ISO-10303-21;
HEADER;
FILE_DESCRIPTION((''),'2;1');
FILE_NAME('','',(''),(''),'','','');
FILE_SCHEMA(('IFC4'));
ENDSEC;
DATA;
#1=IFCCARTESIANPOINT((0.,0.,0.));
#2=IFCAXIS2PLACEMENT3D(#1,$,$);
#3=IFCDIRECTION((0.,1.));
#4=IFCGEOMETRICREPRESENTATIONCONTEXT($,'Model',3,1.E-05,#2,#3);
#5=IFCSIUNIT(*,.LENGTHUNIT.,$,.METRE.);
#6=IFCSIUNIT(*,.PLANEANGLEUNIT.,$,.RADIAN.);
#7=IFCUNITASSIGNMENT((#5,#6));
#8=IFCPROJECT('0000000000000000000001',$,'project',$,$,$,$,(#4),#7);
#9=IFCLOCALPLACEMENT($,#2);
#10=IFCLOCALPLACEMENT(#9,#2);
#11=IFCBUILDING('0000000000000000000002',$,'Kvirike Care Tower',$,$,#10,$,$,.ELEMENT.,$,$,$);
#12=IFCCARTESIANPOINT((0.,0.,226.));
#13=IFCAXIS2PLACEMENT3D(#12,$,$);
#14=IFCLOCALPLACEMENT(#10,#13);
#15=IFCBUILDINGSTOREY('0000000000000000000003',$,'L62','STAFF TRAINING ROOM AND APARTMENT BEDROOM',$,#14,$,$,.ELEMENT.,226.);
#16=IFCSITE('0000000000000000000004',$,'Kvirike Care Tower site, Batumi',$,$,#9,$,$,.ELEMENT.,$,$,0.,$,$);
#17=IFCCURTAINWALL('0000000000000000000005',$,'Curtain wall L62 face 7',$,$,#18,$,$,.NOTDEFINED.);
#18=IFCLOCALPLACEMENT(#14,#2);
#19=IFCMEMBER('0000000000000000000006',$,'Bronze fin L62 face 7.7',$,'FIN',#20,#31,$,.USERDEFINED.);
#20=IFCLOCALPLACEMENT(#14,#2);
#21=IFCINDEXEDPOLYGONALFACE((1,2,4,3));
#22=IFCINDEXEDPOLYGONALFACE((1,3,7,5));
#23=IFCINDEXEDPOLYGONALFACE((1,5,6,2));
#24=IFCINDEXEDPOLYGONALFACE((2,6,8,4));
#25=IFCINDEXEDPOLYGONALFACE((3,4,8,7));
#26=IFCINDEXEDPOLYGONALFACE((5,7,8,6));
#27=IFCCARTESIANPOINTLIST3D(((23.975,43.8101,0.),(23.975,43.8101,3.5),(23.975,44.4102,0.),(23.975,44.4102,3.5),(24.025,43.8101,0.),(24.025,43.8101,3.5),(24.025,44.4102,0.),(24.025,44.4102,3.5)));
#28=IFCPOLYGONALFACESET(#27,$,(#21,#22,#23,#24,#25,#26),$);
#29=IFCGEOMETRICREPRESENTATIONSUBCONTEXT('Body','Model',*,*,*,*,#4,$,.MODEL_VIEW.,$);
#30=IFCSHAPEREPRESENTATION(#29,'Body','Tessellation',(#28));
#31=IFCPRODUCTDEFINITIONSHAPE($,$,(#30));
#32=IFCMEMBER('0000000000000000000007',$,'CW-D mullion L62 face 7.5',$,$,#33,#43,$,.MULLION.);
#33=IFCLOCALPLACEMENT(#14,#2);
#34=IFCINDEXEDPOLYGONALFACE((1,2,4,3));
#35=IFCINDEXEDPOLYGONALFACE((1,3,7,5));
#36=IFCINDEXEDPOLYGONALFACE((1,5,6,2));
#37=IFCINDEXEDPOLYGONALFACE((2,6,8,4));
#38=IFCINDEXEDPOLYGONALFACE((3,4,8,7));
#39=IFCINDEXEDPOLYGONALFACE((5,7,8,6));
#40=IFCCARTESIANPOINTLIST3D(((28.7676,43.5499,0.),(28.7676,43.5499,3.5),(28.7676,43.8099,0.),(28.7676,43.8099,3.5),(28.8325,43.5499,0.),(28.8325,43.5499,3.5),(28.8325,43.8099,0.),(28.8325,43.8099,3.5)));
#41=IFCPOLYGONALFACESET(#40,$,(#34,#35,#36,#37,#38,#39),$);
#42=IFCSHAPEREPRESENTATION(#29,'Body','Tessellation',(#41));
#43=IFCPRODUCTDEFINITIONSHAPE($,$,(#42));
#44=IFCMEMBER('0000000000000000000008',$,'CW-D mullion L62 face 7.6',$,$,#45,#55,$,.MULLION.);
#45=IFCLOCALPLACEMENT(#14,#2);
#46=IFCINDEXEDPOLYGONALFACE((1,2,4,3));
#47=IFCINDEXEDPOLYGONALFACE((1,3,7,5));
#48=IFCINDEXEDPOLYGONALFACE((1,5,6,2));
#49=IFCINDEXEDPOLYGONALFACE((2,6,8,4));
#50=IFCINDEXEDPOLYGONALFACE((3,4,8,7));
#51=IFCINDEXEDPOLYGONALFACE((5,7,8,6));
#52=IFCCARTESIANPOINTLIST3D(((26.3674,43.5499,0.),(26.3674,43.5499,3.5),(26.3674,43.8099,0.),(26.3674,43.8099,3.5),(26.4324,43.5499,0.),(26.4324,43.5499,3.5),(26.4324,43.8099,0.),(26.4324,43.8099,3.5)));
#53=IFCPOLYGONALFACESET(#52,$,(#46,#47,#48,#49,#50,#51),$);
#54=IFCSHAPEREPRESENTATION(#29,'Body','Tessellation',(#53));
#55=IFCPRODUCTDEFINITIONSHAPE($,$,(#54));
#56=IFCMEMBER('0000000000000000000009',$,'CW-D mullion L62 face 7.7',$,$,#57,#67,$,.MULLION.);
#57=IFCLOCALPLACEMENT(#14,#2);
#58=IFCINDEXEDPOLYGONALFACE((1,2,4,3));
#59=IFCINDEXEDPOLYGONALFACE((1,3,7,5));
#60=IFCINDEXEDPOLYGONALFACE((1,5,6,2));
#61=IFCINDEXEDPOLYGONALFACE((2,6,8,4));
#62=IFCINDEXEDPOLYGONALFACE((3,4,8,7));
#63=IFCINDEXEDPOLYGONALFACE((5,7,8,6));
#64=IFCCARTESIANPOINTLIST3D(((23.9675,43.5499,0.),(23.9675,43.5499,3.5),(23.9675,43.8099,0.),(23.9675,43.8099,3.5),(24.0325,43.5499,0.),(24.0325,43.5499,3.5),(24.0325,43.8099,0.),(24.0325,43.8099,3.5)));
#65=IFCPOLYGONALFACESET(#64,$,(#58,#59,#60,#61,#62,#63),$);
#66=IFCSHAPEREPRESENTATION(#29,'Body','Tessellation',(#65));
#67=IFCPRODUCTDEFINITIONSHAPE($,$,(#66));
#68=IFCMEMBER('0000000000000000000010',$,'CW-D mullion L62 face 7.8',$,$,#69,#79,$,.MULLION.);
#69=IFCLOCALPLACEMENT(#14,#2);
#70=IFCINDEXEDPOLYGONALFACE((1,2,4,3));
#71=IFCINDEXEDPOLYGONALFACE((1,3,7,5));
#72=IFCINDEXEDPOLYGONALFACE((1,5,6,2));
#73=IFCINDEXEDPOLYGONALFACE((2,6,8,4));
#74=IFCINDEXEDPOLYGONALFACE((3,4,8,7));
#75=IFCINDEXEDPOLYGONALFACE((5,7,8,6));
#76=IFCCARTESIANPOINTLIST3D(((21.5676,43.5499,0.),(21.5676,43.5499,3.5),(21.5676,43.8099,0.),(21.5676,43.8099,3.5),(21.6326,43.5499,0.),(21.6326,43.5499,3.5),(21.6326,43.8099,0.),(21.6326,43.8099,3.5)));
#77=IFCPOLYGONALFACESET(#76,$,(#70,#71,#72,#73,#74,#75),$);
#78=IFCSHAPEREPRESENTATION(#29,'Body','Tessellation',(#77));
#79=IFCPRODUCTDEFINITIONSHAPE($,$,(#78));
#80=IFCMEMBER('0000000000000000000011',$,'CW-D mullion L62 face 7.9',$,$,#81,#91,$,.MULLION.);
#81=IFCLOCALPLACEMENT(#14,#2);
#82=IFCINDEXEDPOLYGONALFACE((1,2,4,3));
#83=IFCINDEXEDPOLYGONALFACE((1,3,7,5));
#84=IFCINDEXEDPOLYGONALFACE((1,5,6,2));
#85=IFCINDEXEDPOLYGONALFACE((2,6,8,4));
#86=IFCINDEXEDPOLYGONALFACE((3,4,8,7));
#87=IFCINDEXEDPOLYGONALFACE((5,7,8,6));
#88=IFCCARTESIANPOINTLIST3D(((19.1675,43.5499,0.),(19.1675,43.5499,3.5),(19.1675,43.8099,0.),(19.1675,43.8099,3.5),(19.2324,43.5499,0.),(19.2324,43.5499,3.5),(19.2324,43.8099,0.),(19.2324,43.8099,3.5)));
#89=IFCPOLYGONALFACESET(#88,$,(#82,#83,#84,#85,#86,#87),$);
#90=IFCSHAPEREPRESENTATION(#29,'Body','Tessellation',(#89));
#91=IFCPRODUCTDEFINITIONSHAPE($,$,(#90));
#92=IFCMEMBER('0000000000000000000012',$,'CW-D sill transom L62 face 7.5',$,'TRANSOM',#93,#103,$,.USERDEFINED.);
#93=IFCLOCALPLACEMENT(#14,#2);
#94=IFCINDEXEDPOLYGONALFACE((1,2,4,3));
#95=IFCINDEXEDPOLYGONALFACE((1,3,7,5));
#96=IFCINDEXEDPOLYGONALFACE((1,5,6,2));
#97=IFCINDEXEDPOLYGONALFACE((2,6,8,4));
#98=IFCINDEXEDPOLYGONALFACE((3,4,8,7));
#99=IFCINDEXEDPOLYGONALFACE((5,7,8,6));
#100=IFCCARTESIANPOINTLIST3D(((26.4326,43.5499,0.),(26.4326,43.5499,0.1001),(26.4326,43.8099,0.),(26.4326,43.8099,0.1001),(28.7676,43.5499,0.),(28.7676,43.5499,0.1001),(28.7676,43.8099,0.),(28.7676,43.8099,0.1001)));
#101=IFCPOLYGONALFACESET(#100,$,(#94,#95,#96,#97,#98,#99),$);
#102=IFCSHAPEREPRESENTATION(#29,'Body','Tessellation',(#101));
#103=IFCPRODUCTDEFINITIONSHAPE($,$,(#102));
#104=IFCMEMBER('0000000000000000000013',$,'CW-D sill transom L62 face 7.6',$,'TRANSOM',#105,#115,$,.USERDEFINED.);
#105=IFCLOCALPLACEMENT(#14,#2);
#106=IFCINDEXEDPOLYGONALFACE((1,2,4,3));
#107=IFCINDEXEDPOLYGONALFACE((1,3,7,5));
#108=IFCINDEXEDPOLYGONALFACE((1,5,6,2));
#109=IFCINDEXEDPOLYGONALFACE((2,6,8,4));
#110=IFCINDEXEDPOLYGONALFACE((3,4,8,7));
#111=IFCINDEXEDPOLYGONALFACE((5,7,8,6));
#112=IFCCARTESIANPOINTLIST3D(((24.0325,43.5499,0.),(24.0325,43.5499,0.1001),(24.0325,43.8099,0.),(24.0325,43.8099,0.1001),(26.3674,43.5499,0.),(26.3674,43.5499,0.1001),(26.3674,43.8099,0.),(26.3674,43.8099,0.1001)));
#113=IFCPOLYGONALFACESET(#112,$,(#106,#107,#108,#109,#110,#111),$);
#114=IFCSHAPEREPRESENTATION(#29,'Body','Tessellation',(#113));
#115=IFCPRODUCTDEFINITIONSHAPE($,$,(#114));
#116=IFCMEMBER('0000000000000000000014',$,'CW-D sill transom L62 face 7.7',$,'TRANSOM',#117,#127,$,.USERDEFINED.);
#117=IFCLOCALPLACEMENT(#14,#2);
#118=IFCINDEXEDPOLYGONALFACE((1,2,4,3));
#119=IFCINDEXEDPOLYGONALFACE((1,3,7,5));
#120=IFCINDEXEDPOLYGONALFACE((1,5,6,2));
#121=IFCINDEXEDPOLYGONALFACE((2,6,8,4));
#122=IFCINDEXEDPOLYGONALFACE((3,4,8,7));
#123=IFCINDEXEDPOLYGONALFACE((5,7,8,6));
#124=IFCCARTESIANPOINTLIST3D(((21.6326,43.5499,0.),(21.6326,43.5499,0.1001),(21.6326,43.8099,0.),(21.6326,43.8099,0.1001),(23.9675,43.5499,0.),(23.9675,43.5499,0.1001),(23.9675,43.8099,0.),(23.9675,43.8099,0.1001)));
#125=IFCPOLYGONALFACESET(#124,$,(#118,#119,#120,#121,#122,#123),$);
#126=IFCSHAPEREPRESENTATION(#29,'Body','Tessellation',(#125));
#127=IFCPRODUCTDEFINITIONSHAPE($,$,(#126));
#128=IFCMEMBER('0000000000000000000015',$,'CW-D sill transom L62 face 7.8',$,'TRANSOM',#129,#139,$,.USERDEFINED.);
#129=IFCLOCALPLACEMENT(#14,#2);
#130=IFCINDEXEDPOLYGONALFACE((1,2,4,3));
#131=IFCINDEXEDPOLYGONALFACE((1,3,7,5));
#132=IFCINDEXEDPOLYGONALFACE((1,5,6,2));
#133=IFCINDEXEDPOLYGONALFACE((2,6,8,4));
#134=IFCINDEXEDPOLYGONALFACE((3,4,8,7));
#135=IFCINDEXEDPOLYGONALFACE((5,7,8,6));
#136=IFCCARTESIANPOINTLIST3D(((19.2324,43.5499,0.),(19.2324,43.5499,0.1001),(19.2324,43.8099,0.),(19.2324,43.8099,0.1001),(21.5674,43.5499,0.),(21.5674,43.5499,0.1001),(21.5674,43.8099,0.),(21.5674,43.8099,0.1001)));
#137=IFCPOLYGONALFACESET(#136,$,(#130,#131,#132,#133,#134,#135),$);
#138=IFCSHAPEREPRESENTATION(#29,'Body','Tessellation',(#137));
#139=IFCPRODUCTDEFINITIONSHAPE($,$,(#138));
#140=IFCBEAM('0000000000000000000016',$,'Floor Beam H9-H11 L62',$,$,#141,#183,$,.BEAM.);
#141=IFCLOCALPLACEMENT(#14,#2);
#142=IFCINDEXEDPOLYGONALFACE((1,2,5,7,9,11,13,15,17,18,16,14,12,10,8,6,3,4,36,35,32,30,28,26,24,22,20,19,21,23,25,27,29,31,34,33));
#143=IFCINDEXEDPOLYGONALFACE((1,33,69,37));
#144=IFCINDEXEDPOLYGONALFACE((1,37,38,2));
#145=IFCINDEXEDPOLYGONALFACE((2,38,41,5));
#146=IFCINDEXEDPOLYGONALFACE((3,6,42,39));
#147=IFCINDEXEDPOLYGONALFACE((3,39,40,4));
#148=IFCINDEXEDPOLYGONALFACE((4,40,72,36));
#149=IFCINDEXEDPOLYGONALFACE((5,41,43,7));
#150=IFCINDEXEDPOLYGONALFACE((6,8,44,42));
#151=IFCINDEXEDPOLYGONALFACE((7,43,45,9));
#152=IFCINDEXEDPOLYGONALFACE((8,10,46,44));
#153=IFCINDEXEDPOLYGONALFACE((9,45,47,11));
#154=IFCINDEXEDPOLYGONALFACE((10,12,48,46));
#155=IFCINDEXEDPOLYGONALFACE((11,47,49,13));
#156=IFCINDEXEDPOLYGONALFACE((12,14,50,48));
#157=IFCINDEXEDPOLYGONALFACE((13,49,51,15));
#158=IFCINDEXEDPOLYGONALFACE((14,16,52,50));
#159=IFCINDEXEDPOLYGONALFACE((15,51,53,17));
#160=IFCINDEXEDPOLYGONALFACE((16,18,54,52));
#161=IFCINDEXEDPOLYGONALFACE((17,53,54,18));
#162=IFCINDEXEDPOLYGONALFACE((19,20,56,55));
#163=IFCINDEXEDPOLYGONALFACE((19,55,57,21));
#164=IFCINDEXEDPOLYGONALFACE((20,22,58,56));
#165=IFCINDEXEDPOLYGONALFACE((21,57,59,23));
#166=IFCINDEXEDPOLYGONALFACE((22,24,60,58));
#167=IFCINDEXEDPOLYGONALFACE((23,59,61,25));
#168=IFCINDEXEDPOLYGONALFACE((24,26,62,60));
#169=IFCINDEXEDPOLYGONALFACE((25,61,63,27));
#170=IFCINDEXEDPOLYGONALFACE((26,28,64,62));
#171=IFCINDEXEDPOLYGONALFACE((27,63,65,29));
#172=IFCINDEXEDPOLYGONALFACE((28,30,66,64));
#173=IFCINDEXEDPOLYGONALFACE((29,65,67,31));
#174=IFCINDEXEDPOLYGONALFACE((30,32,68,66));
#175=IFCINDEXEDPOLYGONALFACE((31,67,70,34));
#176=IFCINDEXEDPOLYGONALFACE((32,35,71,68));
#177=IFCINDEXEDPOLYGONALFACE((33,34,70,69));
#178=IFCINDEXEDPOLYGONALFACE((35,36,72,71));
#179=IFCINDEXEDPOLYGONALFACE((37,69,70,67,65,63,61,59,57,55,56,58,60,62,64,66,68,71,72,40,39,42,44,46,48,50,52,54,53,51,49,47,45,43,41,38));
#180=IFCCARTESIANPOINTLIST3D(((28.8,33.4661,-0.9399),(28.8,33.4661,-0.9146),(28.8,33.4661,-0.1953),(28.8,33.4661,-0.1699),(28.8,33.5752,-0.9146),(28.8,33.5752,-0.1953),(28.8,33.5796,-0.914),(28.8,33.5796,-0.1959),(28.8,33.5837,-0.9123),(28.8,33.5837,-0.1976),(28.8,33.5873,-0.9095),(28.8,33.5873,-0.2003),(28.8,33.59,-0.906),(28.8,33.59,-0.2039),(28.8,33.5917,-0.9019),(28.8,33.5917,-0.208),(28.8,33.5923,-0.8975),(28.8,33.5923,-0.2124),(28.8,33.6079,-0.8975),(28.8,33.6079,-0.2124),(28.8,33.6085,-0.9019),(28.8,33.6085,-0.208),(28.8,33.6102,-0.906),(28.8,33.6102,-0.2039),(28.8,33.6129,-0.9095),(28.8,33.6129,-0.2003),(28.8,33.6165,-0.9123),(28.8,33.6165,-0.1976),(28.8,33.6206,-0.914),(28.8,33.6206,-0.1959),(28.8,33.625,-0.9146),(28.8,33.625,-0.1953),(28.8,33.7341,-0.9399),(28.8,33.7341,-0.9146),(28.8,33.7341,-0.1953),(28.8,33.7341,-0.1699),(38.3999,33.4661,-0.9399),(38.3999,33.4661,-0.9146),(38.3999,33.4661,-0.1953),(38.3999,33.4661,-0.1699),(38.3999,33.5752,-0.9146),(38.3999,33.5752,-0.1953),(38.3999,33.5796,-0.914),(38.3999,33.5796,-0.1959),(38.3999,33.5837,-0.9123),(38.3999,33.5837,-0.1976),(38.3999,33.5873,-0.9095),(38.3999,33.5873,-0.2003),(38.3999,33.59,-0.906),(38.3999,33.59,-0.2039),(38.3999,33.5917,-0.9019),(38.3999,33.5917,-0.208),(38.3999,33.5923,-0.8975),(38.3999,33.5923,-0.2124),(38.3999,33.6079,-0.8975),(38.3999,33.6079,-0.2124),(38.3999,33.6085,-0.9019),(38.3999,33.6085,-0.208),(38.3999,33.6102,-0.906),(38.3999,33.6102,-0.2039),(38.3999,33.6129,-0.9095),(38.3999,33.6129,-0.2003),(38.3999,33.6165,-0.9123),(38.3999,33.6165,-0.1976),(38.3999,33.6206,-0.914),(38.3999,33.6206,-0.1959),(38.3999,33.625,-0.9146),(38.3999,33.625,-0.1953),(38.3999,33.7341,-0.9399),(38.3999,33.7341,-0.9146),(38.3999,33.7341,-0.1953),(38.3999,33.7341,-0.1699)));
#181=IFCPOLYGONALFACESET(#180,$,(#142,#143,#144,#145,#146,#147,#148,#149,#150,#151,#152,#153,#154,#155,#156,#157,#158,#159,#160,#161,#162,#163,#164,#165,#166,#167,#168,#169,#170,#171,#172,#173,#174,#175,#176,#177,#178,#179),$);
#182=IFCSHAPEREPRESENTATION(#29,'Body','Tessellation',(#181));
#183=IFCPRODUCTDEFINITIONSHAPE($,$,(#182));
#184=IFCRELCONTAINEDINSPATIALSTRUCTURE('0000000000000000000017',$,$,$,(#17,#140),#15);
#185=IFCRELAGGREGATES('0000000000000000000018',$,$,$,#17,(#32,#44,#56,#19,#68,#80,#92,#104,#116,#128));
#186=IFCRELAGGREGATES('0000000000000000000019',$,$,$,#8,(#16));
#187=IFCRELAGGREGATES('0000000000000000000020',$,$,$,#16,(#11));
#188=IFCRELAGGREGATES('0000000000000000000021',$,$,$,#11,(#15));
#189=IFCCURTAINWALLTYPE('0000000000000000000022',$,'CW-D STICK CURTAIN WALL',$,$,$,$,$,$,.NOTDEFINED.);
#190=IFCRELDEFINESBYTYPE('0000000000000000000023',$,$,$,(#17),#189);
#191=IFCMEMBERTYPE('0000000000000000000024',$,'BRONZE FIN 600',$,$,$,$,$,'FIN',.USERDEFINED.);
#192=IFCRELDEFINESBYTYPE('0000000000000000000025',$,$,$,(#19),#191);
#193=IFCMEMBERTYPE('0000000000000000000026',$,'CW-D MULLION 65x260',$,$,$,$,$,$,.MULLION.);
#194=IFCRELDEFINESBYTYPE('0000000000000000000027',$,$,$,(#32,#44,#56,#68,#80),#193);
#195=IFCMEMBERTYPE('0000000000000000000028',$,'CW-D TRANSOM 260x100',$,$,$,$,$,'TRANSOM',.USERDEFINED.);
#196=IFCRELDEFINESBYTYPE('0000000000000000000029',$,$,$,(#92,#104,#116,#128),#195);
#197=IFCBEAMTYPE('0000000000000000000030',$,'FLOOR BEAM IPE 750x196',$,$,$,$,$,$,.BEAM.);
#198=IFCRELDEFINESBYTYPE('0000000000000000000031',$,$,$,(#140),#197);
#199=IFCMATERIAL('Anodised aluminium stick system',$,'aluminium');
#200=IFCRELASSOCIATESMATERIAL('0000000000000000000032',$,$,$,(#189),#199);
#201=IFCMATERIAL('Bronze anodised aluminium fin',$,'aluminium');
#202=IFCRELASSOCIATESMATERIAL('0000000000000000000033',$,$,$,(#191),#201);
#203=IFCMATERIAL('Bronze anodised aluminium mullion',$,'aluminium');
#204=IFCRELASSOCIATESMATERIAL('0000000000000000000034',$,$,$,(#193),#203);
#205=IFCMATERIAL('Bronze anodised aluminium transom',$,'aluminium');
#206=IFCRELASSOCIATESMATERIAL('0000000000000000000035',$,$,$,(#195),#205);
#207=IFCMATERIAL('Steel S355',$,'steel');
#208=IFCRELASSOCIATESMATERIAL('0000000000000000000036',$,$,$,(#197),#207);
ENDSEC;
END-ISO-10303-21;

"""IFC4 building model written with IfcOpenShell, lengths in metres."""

from ifc_helpers import new_model, si_unit, direction, frame, origin, origin_2d, place, context, subcontext, project, spatial, rectangle, i_section, extrude, material, material_profile, profile_set, type_object, element, aggregate, save


model = new_model("IFC4")

# Units and contexts
model_context = context("Model", 3, precision=1e-05, world=origin(), true_north=direction((0.0, 1.0)))
body_context = subcontext(model_context, "Body", "Model", "MODEL_VIEW")
ifc_project = project(units=[si_unit("LENGTHUNIT", "METRE"), si_unit("PLANEANGLEUNIT", "RADIAN")], contexts=[model_context])

# Site, building, storey
site_placement = place(None, origin())
site = spatial("IfcSite", under=ifc_project, at=site_placement, Name="Kvirike Care Tower site, Batumi", CompositionType="ELEMENT", RefElevation=0.0)
building_placement = place(site_placement, origin())
building = spatial("IfcBuilding", under=site, at=building_placement, Name="Kvirike Care Tower", CompositionType="ELEMENT")
storey_placement = place(building_placement, frame((0.0, 0.0, 226.0)))
storey = spatial("IfcBuildingStorey", under=building, at=storey_placement, Name="L62", Description="STAFF TRAINING ROOM AND APARTMENT BEDROOM", CompositionType="ELEMENT", Elevation=226.0)

# Curtain wall, members
ifc_material_1 = material(Name="Anodised aluminium stick system", Category="aluminium")
curtain_wall_type = type_object("IfcCurtainWallType", Name="CW-D STICK CURTAIN WALL", PredefinedType="NOTDEFINED", material=ifc_material_1)
curtain_wall_placement = place(storey_placement, origin())
curtain_wall = element("IfcCurtainWall", 1, at=curtain_wall_placement, inside=storey, type_object=curtain_wall_type, Name="Curtain wall L62 face 7", PredefinedType="NOTDEFINED")
ifc_material_2 = material(Name="Bronze anodised aluminium fin", Category="aluminium")
ifc_material_profile_1 = material_profile(ifc_material_2, rectangle(XDim=0.05, YDim=0.6001, at=origin_2d()), Name="BRONZE FIN 600")
ifc_profile_set_1 = profile_set([ifc_material_profile_1], Name="Bronze anodised aluminium fin")
member_type_1 = type_object("IfcMemberType", Name="BRONZE FIN 600", ElementType="FIN", PredefinedType="USERDEFINED", material=ifc_profile_set_1)
member_1_placement = place(storey_placement, frame((24.0, 44.1101, 0.0), z_axis=(0.0, 0.0, 1.0), x_axis=(-1.0, 0.0, 0.0)))
member_1 = element("IfcMember", 2, at=member_1_placement, type_object=member_type_1, Name="Bronze fin L62 face 7.7", ObjectType="FIN", PredefinedType="USERDEFINED", context=body_context, shape_type="SweptSolid", body=[
    extrude(rectangle(XDim=0.05, YDim=0.6001, at=origin_2d()), origin(), (0.0, 0.0, 1.0), 3.5),
])
ifc_material_3 = material(Name="Bronze anodised aluminium mullion", Category="aluminium")
ifc_material_profile_2 = material_profile(ifc_material_3, rectangle(XDim=0.0649, YDim=0.26, at=origin_2d()), Name="CW-D MULLION 65x260")
ifc_profile_set_2 = profile_set([ifc_material_profile_2], Name="Bronze anodised aluminium mullion")
member_type_2 = type_object("IfcMemberType", Name="CW-D MULLION 65x260", PredefinedType="MULLION", material=ifc_profile_set_2)
member_2_placement = place(storey_placement, frame((28.8, 43.6799, 0.0), z_axis=(0.0, 0.0, 1.0), x_axis=(-1.0, 0.0, 0.0)))
member_2 = element("IfcMember", 3, at=member_2_placement, type_object=member_type_2, Name="CW-D mullion L62 face 7.5", PredefinedType="MULLION", context=body_context, shape_type="SweptSolid", body=[
    extrude(rectangle(XDim=0.0649, YDim=0.26, at=origin_2d()), origin(), (0.0, 0.0, 1.0), 3.5),
])
member_3_placement = place(storey_placement, frame((26.3999, 43.6799, 0.0), z_axis=(0.0, 0.0, 1.0), x_axis=(-1.0, 0.0, 0.0)))
member_3 = element("IfcMember", 4, at=member_3_placement, type_object=member_type_2, Name="CW-D mullion L62 face 7.6", PredefinedType="MULLION", context=body_context, shape_type="SweptSolid", body=[
    extrude(rectangle(XDim=0.0649, YDim=0.26, at=origin_2d()), origin(), (0.0, 0.0, 1.0), 3.5),
])
member_4_placement = place(storey_placement, frame((24.0, 43.6799, 0.0), z_axis=(0.0, 0.0, 1.0), x_axis=(-1.0, 0.0, 0.0)))
member_4 = element("IfcMember", 5, at=member_4_placement, type_object=member_type_2, Name="CW-D mullion L62 face 7.7", PredefinedType="MULLION", context=body_context, shape_type="SweptSolid", body=[
    extrude(rectangle(XDim=0.0649, YDim=0.26, at=origin_2d()), origin(), (0.0, 0.0, 1.0), 3.5),
])
member_5_placement = place(storey_placement, frame((21.6001, 43.6799, 0.0), z_axis=(0.0, 0.0, 1.0), x_axis=(-1.0, 0.0, 0.0)))
member_5 = element("IfcMember", 6, at=member_5_placement, type_object=member_type_2, Name="CW-D mullion L62 face 7.8", PredefinedType="MULLION", context=body_context, shape_type="SweptSolid", body=[
    extrude(rectangle(XDim=0.0649, YDim=0.26, at=origin_2d()), origin(), (0.0, 0.0, 1.0), 3.5),
])
member_6_placement = place(storey_placement, frame((19.2, 43.6799, 0.0), z_axis=(0.0, 0.0, 1.0), x_axis=(-1.0, 0.0, 0.0)))
member_6 = element("IfcMember", 7, at=member_6_placement, type_object=member_type_2, Name="CW-D mullion L62 face 7.9", PredefinedType="MULLION", context=body_context, shape_type="SweptSolid", body=[
    extrude(rectangle(XDim=0.0649, YDim=0.26, at=origin_2d()), origin(), (0.0, 0.0, 1.0), 3.5),
])
ifc_material_4 = material(Name="Bronze anodised aluminium transom", Category="aluminium")
ifc_material_profile_3 = material_profile(ifc_material_4, rectangle(XDim=0.26, YDim=0.1001, at=origin_2d()), Name="CW-D TRANSOM 260x100")
ifc_profile_set_3 = profile_set([ifc_material_profile_3], Name="Bronze anodised aluminium transom")
member_type_3 = type_object("IfcMemberType", Name="CW-D TRANSOM 260x100", ElementType="TRANSOM", PredefinedType="USERDEFINED", material=ifc_profile_set_3)
member_7_placement = place(storey_placement, frame((28.7676, 43.6799, 0.05), z_axis=(-1.0, 0.0, 0.0), x_axis=(0.0, -1.0, 0.0)))
member_7 = element("IfcMember", 8, at=member_7_placement, type_object=member_type_3, Name="CW-D sill transom L62 face 7.5", ObjectType="TRANSOM", PredefinedType="USERDEFINED", context=body_context, shape_type="SweptSolid", body=[
    extrude(rectangle(XDim=0.26, YDim=0.1001, at=origin_2d()), origin(), (0.0, 0.0, 1.0), 2.335),
])
member_8_placement = place(storey_placement, frame((26.3674, 43.6799, 0.05), z_axis=(-1.0, 0.0, 0.0), x_axis=(0.0, -1.0, 0.0)))
member_8 = element("IfcMember", 9, at=member_8_placement, type_object=member_type_3, Name="CW-D sill transom L62 face 7.6", ObjectType="TRANSOM", PredefinedType="USERDEFINED", context=body_context, shape_type="SweptSolid", body=[
    extrude(rectangle(XDim=0.26, YDim=0.1001, at=origin_2d()), origin(), (0.0, 0.0, 1.0), 2.335),
])
member_9_placement = place(storey_placement, frame((23.9675, 43.6799, 0.05), z_axis=(-1.0, 0.0, 0.0), x_axis=(0.0, -1.0, 0.0)))
member_9 = element("IfcMember", 10, at=member_9_placement, type_object=member_type_3, Name="CW-D sill transom L62 face 7.7", ObjectType="TRANSOM", PredefinedType="USERDEFINED", context=body_context, shape_type="SweptSolid", body=[
    extrude(rectangle(XDim=0.26, YDim=0.1001, at=origin_2d()), origin(), (0.0, 0.0, 1.0), 2.335),
])
member_10_placement = place(storey_placement, frame((21.5674, 43.6799, 0.05), z_axis=(-1.0, 0.0, 0.0), x_axis=(0.0, -1.0, 0.0)))
member_10 = element("IfcMember", 11, at=member_10_placement, type_object=member_type_3, Name="CW-D sill transom L62 face 7.8", ObjectType="TRANSOM", PredefinedType="USERDEFINED", context=body_context, shape_type="SweptSolid", body=[
    extrude(rectangle(XDim=0.26, YDim=0.1001, at=origin_2d()), origin(), (0.0, 0.0, 1.0), 2.335),
])

# Beam
ifc_material_5 = material(Name="Steel S355", Category="steel")
ifc_material_profile_4 = material_profile(ifc_material_5, i_section(OverallWidth=0.2681, OverallDepth=0.77, WebThickness=0.0156, FlangeThickness=0.0254, FilletRadius=0.0171, at=origin_2d()), Name="IPE 750x196")
ifc_profile_set_4 = profile_set([ifc_material_profile_4], Name="Steel S355")
beam_type_1 = type_object("IfcBeamType", Name="FLOOR BEAM IPE 750x196", PredefinedType="BEAM", material=ifc_profile_set_4)
for number, where, z_axis, x_axis, name in (
    (12, (28.8, 33.6001, -0.5549), (1.0, 0.0, 0.0), (0.0, 1.0, 0.0), "Floor Beam H9-H11 L62"),
):
    element("IfcBeam", number, at=place(storey_placement, frame(where, z_axis=z_axis, x_axis=x_axis)), inside=storey, type_object=beam_type_1, Name=name, PredefinedType="BEAM", context=body_context, shape_type="SweptSolid", body=[
        extrude(i_section(OverallWidth=0.2681, OverallDepth=0.77, WebThickness=0.0156, FlangeThickness=0.0254, FilletRadius=0.0171, at=origin_2d()), origin(), (0.0, 0.0, 1.0), 9.5999),
    ])

aggregate(curtain_wall, [member_2, member_3, member_4, member_1, member_5, member_6, member_7, member_8, member_9, member_10])

save(model, "model.ifc")
